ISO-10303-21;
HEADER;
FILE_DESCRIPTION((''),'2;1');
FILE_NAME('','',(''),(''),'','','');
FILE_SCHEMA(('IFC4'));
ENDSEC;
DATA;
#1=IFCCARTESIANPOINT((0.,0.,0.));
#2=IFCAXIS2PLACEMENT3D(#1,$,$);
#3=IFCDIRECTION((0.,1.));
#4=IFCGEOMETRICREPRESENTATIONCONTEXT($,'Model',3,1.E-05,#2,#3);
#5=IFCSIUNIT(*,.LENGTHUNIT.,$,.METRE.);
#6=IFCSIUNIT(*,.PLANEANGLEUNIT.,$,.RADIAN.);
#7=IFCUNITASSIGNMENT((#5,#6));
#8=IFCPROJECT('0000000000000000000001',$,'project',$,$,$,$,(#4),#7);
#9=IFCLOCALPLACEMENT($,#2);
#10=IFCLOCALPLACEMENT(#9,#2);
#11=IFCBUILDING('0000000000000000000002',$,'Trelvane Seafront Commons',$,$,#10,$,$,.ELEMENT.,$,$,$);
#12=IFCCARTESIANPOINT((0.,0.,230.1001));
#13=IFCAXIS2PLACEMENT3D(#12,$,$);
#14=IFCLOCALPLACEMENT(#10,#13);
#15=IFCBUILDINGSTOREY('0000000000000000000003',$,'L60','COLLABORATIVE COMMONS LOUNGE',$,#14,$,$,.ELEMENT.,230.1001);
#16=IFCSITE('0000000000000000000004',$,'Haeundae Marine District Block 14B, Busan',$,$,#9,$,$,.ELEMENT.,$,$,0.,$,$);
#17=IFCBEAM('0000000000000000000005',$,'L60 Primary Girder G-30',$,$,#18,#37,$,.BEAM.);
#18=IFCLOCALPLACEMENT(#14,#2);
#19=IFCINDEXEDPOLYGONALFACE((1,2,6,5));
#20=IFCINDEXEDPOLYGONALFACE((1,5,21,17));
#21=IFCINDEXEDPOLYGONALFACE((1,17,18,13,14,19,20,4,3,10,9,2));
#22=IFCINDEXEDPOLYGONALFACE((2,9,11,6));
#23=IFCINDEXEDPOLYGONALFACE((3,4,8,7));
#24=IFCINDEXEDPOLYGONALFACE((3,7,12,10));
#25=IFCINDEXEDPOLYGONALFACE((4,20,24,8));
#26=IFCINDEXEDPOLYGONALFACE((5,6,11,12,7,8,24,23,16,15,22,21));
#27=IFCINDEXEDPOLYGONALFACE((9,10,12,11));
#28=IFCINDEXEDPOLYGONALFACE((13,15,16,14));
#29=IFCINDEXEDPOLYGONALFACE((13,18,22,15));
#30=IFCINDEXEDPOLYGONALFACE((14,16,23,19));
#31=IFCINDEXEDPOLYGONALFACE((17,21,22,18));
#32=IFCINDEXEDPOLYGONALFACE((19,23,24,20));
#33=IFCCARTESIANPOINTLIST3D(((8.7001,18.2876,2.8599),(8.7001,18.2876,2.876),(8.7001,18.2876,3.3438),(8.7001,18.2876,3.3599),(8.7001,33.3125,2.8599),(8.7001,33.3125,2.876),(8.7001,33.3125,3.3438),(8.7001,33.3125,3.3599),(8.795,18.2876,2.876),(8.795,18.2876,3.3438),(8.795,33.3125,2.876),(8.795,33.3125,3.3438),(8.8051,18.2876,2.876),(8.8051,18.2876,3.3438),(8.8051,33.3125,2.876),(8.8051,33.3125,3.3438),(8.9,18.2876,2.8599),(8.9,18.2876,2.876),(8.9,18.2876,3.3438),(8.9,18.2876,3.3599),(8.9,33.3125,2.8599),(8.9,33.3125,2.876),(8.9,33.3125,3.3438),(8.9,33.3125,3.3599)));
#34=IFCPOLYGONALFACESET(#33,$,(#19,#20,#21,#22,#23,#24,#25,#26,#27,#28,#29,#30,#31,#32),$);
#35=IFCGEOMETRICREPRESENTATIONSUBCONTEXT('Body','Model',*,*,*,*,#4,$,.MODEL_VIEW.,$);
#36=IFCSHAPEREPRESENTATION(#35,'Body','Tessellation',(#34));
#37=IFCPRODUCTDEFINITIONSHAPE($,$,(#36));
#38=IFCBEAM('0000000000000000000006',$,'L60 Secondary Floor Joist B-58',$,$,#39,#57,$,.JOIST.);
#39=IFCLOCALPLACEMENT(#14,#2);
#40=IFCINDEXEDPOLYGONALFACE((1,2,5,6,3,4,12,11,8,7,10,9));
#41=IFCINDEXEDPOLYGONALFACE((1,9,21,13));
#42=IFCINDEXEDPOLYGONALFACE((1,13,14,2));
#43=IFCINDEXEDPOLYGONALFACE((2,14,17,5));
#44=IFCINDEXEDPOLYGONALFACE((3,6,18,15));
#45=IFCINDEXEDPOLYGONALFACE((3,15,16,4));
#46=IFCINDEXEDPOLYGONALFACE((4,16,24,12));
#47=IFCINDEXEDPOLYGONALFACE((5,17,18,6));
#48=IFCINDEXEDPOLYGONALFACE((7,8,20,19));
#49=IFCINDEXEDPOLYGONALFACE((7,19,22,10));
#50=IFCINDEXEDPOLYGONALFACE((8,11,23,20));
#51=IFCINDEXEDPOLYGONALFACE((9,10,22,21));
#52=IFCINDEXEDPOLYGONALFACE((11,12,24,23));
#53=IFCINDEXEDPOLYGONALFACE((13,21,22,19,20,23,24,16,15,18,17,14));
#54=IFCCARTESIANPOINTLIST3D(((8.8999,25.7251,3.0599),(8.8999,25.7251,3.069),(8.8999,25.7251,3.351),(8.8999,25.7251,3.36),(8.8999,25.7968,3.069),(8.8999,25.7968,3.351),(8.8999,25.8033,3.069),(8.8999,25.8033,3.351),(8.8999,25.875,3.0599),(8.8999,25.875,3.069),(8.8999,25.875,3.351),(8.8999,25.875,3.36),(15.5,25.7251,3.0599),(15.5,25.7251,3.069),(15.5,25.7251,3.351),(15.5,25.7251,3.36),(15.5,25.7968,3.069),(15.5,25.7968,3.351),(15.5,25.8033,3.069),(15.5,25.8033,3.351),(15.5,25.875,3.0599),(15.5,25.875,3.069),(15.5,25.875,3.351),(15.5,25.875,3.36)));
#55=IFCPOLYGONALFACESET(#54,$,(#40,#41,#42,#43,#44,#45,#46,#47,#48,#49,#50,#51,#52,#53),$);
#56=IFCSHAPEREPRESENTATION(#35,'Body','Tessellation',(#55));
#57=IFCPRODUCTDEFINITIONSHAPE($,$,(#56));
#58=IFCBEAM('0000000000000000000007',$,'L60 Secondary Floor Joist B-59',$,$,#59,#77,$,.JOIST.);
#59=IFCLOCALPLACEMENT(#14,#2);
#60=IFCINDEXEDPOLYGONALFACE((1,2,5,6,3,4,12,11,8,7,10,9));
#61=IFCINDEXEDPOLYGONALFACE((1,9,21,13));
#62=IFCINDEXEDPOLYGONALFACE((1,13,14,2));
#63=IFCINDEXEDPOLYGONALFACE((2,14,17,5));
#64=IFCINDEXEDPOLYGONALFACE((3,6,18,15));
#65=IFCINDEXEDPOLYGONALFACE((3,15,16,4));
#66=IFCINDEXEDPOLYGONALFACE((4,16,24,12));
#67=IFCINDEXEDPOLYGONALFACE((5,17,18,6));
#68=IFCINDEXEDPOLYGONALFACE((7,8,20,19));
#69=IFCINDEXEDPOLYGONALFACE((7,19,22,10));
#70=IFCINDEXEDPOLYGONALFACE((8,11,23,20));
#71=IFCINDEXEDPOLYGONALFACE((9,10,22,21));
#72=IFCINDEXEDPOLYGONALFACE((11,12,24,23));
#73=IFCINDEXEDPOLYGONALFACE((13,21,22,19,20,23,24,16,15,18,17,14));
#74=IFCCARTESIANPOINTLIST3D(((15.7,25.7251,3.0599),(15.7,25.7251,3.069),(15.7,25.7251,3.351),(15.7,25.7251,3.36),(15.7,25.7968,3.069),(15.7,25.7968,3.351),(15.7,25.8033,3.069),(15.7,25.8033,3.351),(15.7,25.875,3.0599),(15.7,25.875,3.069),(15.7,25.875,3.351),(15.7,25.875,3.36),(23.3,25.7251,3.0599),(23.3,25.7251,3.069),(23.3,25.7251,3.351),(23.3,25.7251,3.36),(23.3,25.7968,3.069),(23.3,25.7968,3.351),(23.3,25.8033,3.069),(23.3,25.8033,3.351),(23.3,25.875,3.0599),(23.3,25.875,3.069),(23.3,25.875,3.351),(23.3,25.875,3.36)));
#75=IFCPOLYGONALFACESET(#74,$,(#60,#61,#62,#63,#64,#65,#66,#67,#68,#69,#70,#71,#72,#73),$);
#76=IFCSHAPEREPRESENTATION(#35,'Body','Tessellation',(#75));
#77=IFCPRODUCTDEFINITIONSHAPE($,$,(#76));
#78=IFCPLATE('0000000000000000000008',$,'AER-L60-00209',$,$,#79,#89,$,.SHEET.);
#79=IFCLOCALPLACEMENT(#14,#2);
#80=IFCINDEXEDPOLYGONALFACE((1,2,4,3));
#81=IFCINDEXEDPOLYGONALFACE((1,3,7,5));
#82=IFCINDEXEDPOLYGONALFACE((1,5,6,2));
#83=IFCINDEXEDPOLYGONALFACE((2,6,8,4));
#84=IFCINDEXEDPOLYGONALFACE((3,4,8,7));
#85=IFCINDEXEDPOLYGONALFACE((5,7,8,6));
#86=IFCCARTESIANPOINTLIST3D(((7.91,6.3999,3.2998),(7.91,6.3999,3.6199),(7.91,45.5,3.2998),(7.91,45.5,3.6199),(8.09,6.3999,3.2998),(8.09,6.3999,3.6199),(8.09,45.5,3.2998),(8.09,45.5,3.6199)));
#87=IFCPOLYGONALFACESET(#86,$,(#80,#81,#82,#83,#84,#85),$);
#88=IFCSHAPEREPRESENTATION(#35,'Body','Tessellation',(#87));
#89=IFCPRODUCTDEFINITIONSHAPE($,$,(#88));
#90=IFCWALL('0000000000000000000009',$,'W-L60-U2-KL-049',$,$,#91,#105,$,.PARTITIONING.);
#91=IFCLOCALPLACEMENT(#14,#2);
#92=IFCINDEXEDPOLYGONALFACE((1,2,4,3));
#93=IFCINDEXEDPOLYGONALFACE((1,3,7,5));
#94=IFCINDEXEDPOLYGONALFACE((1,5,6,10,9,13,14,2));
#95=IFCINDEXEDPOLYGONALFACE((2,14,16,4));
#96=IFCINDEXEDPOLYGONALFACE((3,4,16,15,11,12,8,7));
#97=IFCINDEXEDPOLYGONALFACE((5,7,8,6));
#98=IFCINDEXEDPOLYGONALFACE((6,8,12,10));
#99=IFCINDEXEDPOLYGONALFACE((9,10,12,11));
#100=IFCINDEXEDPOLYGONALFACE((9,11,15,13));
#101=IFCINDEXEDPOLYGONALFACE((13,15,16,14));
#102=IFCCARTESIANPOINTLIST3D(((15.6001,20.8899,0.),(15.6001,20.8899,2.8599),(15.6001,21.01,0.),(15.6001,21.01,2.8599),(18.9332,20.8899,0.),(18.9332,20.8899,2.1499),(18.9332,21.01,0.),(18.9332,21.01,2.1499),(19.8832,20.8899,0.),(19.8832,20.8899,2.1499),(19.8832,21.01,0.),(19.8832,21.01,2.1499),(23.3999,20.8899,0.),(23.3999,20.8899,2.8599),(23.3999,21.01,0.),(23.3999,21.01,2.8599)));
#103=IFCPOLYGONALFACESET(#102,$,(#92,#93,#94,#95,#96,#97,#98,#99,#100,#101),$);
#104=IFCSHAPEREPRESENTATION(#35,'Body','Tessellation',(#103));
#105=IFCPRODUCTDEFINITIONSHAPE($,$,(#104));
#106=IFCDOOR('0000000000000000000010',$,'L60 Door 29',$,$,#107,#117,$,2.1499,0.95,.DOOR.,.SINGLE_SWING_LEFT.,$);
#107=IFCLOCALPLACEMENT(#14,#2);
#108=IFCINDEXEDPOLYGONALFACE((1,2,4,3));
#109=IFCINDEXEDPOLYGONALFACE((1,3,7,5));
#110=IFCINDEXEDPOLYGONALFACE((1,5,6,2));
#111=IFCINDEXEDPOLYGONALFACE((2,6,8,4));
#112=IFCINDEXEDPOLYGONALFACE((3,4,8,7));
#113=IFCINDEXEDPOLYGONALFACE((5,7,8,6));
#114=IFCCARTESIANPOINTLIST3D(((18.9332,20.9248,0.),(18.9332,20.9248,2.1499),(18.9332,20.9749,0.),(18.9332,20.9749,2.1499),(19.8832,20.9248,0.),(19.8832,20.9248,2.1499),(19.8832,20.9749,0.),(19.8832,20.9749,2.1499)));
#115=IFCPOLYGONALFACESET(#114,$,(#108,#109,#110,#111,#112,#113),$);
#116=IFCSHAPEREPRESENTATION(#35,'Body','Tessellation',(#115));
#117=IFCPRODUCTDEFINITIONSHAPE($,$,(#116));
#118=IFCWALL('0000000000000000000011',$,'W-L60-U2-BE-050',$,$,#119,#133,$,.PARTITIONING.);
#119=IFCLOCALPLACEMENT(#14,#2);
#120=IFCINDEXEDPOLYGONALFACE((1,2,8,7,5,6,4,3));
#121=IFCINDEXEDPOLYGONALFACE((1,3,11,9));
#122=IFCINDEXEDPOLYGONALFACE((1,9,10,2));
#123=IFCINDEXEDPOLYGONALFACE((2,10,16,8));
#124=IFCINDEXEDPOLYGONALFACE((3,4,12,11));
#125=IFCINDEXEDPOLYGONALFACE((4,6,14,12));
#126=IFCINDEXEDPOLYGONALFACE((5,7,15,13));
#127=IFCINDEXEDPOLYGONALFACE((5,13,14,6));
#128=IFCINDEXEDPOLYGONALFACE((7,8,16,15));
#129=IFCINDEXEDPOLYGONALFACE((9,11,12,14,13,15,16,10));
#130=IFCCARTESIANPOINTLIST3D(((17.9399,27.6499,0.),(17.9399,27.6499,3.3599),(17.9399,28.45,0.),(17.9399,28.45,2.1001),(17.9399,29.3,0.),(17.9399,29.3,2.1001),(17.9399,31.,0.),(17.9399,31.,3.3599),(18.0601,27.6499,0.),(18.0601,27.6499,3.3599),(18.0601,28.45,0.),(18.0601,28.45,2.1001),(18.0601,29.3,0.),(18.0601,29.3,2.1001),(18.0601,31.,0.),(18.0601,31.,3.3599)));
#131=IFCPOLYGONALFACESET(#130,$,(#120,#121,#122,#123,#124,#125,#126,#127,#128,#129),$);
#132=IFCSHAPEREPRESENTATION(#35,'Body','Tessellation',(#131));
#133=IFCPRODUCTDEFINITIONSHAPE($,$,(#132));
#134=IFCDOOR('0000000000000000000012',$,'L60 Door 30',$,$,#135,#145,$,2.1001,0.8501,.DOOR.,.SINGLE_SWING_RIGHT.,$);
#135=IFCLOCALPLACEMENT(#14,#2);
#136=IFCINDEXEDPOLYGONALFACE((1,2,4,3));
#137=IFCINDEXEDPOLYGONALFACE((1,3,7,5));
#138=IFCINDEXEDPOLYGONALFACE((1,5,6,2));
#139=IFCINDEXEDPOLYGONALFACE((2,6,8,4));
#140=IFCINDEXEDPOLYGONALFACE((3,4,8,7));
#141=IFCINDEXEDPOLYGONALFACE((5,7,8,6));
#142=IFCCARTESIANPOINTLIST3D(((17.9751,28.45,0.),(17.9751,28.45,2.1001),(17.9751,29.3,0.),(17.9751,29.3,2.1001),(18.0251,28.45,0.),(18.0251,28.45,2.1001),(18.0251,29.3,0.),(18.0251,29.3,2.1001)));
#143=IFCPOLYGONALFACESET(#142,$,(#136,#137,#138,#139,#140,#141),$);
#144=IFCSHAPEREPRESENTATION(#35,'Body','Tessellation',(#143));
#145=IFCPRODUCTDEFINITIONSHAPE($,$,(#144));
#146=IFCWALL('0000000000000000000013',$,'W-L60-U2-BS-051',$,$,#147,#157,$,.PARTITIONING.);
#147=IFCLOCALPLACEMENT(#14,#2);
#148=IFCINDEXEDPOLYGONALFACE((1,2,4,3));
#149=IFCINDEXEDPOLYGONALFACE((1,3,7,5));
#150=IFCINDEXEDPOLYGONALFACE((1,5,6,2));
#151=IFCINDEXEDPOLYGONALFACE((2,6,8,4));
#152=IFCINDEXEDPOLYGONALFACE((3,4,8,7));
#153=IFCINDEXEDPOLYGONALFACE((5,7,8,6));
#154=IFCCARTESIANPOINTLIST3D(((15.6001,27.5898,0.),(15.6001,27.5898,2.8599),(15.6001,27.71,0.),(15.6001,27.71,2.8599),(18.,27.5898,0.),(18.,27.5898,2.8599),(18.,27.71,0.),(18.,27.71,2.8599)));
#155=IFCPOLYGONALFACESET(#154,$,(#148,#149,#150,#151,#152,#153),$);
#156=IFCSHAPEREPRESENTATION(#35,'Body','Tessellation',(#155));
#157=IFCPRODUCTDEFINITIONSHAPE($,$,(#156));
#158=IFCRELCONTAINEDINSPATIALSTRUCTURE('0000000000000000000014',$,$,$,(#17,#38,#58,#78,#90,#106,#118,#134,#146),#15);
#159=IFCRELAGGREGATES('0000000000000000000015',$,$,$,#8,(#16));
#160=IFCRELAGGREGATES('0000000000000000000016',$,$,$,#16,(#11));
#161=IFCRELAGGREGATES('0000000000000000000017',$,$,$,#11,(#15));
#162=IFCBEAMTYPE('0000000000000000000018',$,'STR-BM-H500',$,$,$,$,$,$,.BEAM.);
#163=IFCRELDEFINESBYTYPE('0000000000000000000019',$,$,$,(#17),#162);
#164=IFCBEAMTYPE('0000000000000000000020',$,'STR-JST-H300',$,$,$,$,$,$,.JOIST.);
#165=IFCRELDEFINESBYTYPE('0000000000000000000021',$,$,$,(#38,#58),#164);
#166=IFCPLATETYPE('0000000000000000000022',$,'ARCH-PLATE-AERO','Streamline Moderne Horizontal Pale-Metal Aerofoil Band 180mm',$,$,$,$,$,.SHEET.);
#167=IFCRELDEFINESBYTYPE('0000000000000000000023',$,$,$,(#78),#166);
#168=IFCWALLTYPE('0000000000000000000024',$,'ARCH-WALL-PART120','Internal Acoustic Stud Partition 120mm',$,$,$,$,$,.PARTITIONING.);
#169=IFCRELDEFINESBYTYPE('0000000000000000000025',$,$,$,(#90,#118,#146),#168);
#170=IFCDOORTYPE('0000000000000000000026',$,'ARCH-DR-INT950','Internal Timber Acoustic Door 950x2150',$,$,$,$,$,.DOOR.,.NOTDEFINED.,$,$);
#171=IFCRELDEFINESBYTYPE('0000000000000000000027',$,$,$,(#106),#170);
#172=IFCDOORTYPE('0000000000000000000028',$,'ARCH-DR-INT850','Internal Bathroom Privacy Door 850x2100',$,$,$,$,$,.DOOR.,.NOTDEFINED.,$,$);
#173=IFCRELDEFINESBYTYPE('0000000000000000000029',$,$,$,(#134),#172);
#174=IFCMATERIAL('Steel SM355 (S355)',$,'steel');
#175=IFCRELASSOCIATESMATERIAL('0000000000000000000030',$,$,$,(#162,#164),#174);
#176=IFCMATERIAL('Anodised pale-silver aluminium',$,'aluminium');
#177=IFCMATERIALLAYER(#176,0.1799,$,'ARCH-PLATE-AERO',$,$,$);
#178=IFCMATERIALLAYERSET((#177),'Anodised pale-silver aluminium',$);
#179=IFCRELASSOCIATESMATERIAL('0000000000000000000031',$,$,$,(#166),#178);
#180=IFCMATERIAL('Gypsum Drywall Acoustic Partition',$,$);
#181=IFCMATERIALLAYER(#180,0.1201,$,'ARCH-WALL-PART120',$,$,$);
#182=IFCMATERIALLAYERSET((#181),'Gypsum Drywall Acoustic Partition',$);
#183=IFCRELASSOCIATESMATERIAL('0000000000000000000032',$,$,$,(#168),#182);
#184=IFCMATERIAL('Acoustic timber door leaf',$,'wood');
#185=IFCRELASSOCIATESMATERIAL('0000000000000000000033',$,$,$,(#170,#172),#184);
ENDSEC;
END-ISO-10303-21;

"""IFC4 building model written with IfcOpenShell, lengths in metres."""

from ifc_helpers import new_model, si_unit, direction, frame, frame_2d, origin, origin_2d, place, context, subcontext, project, spatial, rectangle, i_section, extrude, source, transform, mapped, material, layer, layer_set, material_profile, profile_set, type_object, element, fill, save


model = new_model("IFC4")

# Units and contexts
model_context = context("Model", 3, precision=1e-05, world=origin(), true_north=direction((0.0, 1.0)))
body_context = subcontext(model_context, "Body", "Model", "MODEL_VIEW")
ifc_project = project(units=[si_unit("LENGTHUNIT", "METRE"), si_unit("PLANEANGLEUNIT", "RADIAN")], contexts=[model_context])

# Site, building, storey
site_placement = place(None, origin())
site = spatial("IfcSite", under=ifc_project, at=site_placement, Name="Haeundae Marine District Block 14B, Busan", CompositionType="ELEMENT", RefElevation=0.0)
building_placement = place(site_placement, origin())
building = spatial("IfcBuilding", under=site, at=building_placement, Name="Trelvane Seafront Commons", CompositionType="ELEMENT")
storey_placement = place(building_placement, frame((0.0, 0.0, 230.1001)))
storey = spatial("IfcBuildingStorey", under=building, at=storey_placement, Name="L60", Description="COLLABORATIVE COMMONS LOUNGE", CompositionType="ELEMENT", Elevation=230.1001)

# Shared definitions
ifc_material_1 = material(Name="Steel SM355 (S355)", Category="steel")

# Beams
ifc_material_profile_1 = material_profile(ifc_material_1, i_section(OverallWidth=0.2, OverallDepth=0.5, WebThickness=0.01, FlangeThickness=0.0161, at=origin_2d()), Name="H-500x200x10x16")
ifc_profile_set_1 = profile_set([ifc_material_profile_1], Name="Steel SM355 (S355)")
beam_type_1 = type_object("IfcBeamType", Name="STR-BM-H500", PredefinedType="BEAM", material=ifc_profile_set_1)
shared_shape_1 = source(origin(), body_context, "Body", "SweptSolid", [
    extrude(i_section(OverallWidth=0.2, OverallDepth=0.5, WebThickness=0.01, FlangeThickness=0.0161, at=origin_2d()), origin(), (0.0, 0.0, 1.0), 15.0249),
])
beam_1_placement = place(storey_placement, frame((8.8, 18.2876, 3.1099), z_axis=(0.0, 1.0, 0.0), x_axis=(-1.0, 0.0, 0.0)))
element("IfcBeam", 1, at=beam_1_placement, inside=storey, type_object=beam_type_1, Name="L60 Primary Girder G-30", PredefinedType="BEAM", context=body_context, shape_type="MappedRepresentation", body=[
    mapped(shared_shape_1, transform((0.0, 0.0, 0.0), x_axis=(1.0, 0.0, 0.0), y_axis=(0.0, 1.0, 0.0), z_axis=(0.0, 0.0, 1.0), scale=1.0)),
])
ifc_material_profile_2 = material_profile(ifc_material_1, i_section(OverallWidth=0.1499, OverallDepth=0.3, WebThickness=0.0066, FlangeThickness=0.009, at=origin_2d()), Name="H-300x150x6.5x9")
ifc_profile_set_2 = profile_set([ifc_material_profile_2], Name="Steel SM355 (S355)")
beam_type_2 = type_object("IfcBeamType", Name="STR-JST-H300", PredefinedType="JOIST", material=ifc_profile_set_2)
shared_shape_2 = source(origin(), body_context, "Body", "SweptSolid", [
    extrude(i_section(OverallWidth=0.1499, OverallDepth=0.3, WebThickness=0.0066, FlangeThickness=0.009, at=origin_2d()), origin(), (0.0, 0.0, 1.0), 6.6001),
])
beam_2_placement = place(storey_placement, frame((8.8999, 25.8, 3.21), z_axis=(1.0, 0.0, 0.0), x_axis=(0.0, 1.0, 0.0)))
element("IfcBeam", 2, at=beam_2_placement, inside=storey, type_object=beam_type_2, Name="L60 Secondary Floor Joist B-58", PredefinedType="JOIST", context=body_context, shape_type="MappedRepresentation", body=[
    mapped(shared_shape_2, transform((0.0, 0.0, 0.0), x_axis=(1.0, 0.0, 0.0), y_axis=(0.0, 1.0, 0.0), z_axis=(0.0, 0.0, 1.0), scale=1.0)),
])
shared_shape_3 = source(origin(), body_context, "Body", "SweptSolid", [
    extrude(i_section(OverallWidth=0.1499, OverallDepth=0.3, WebThickness=0.0066, FlangeThickness=0.009, at=origin_2d()), origin(), (0.0, 0.0, 1.0), 7.6001),
])
beam_3_placement = place(storey_placement, frame((15.7, 25.8, 3.21), z_axis=(1.0, 0.0, 0.0), x_axis=(0.0, 1.0, 0.0)))
element("IfcBeam", 3, at=beam_3_placement, inside=storey, type_object=beam_type_2, Name="L60 Secondary Floor Joist B-59", PredefinedType="JOIST", context=body_context, shape_type="MappedRepresentation", body=[
    mapped(shared_shape_3, transform((0.0, 0.0, 0.0), x_axis=(1.0, 0.0, 0.0), y_axis=(0.0, 1.0, 0.0), z_axis=(0.0, 0.0, 1.0), scale=1.0)),
])

# Plate
ifc_material_2 = material(Name="Anodised pale-silver aluminium", Category="aluminium")
ifc_layer_1 = layer(ifc_material_2, 0.1799, Name="ARCH-PLATE-AERO")
ifc_layer_set_1 = layer_set([ifc_layer_1], Name="Anodised pale-silver aluminium")
plate_type = type_object("IfcPlateType", Name="ARCH-PLATE-AERO", Description="Streamline Moderne Horizontal Pale-Metal Aerofoil Band 180mm", PredefinedType="SHEET", material=ifc_layer_set_1)
shared_shape_4 = source(origin(), body_context, "Body", "SweptSolid", [
    extrude(rectangle(XDim=39.1001, YDim=0.1799, at=origin_2d()), origin(), (0.0, 0.0, 1.0), 0.3201),
])
plate_placement = place(storey_placement, frame((8.0, 25.95, 3.2998), z_axis=(0.0, 0.0, 1.0), x_axis=(0.0, 1.0, 0.0)))
element("IfcPlate", 4, at=plate_placement, inside=storey, type_object=plate_type, Name="AER-L60-00209", PredefinedType="SHEET", context=body_context, shape_type="MappedRepresentation", body=[
    mapped(shared_shape_4, transform((0.0, 0.0, 0.0), x_axis=(1.0, 0.0, 0.0), y_axis=(0.0, 1.0, 0.0), z_axis=(0.0, 0.0, 1.0), scale=1.0)),
])

# Walls, openings, doors
ifc_material_3 = material(Name="Gypsum Drywall Acoustic Partition")
ifc_layer_2 = layer(ifc_material_3, 0.1201, Name="ARCH-WALL-PART120")
ifc_layer_set_2 = layer_set([ifc_layer_2], Name="Gypsum Drywall Acoustic Partition")
wall_type_1 = type_object("IfcWallType", Name="ARCH-WALL-PART120", Description="Internal Acoustic Stud Partition 120mm", PredefinedType="PARTITIONING", material=ifc_layer_set_2)
wall_1_placement = place(storey_placement, frame((15.6001, 20.95, 0.0), z_axis=(0.0, 0.0, 1.0), x_axis=(1.0, 0.0, 0.0)))
wall_1 = element("IfcWall", 5, at=wall_1_placement, inside=storey, type_object=wall_type_1, Name="W-L60-U2-KL-049", PredefinedType="PARTITIONING", context=body_context, shape_type="SweptSolid", body=[
    extrude(rectangle(XDim=7.7998, YDim=0.1201, at=frame_2d((3.8999, 0.0))), origin(), (0.0, 0.0, 1.0), 2.8599),
])
opening_1_placement = place(wall_1_placement, frame((3.333, 0.0, 0.0)))
opening_1 = element("IfcOpeningElement", 6, at=opening_1_placement, cuts=wall_1, PredefinedType="OPENING", context=body_context, shape_type="SweptSolid", body=[
    extrude(rectangle(XDim=0.95, YDim=2.1499, at=frame_2d((0.4751, 1.075))), frame((0.0, 0.0701, 0.0), z_axis=(0.0, -1.0, 0.0), x_axis=(1.0, 0.0, 0.0)), (0.0, 0.0, 1.0), 0.1401),
])
ifc_material_4 = material(Name="Acoustic timber door leaf", Category="wood")
door_type_1 = type_object("IfcDoorType", Name="ARCH-DR-INT950", Description="Internal Timber Acoustic Door 950x2150", OperationType="NOTDEFINED", PredefinedType="DOOR", material=ifc_material_4)
shared_shape_5 = source(origin(), body_context, "Body", "SweptSolid", [
    extrude(rectangle(XDim=0.95, YDim=2.1499, at=frame_2d((0.4751, 1.075))), frame((0.0, 0.0249, 0.0), z_axis=(0.0, -1.0, 0.0), x_axis=(1.0, 0.0, 0.0)), (0.0, 0.0, 1.0), 0.05),
])
door_1_placement = place(opening_1_placement, origin())
door_1 = element("IfcDoor", 7, at=door_1_placement, inside=storey, type_object=door_type_1, Name="L60 Door 29", OperationType="SINGLE_SWING_LEFT", OverallHeight=2.1499, OverallWidth=0.95, PredefinedType="DOOR", context=body_context, shape_type="MappedRepresentation", body=[
    mapped(shared_shape_5, transform((0.0, 0.0, 0.0), x_axis=(1.0, 0.0, 0.0), y_axis=(0.0, 1.0, 0.0), z_axis=(0.0, 0.0, 1.0), scale=1.0)),
])
fill(opening_1, door_1)
wall_2_placement = place(storey_placement, frame((18.0, 27.6499, 0.0), z_axis=(0.0, 0.0, 1.0), x_axis=(0.0, 1.0, 0.0)))
wall_2 = element("IfcWall", 8, at=wall_2_placement, inside=storey, type_object=wall_type_1, Name="W-L60-U2-BE-050", PredefinedType="PARTITIONING", context=body_context, shape_type="SweptSolid", body=[
    extrude(rectangle(XDim=3.3501, YDim=0.1201, at=frame_2d((1.675, 0.0))), origin(), (0.0, 0.0, 1.0), 3.3599),
])
opening_2_placement = place(wall_2_placement, frame((0.8, 0.0, 0.0)))
opening_2 = element("IfcOpeningElement", 9, at=opening_2_placement, cuts=wall_2, PredefinedType="OPENING", context=body_context, shape_type="SweptSolid", body=[
    extrude(rectangle(XDim=0.8501, YDim=2.1001, at=frame_2d((0.425, 1.05))), frame((0.0, 0.0701, 0.0), z_axis=(0.0, -1.0, 0.0), x_axis=(1.0, 0.0, 0.0)), (0.0, 0.0, 1.0), 0.1401),
])
door_type_2 = type_object("IfcDoorType", Name="ARCH-DR-INT850", Description="Internal Bathroom Privacy Door 850x2100", OperationType="NOTDEFINED", PredefinedType="DOOR", material=ifc_material_4)
shared_shape_6 = source(origin(), body_context, "Body", "SweptSolid", [
    extrude(rectangle(XDim=0.8501, YDim=2.1001, at=frame_2d((0.425, 1.05))), frame((0.0, 0.0249, 0.0), z_axis=(0.0, -1.0, 0.0), x_axis=(1.0, 0.0, 0.0)), (0.0, 0.0, 1.0), 0.05),
])
door_2_placement = place(opening_2_placement, origin())
door_2 = element("IfcDoor", 10, at=door_2_placement, inside=storey, type_object=door_type_2, Name="L60 Door 30", OperationType="SINGLE_SWING_RIGHT", OverallHeight=2.1001, OverallWidth=0.8501, PredefinedType="DOOR", context=body_context, shape_type="MappedRepresentation", body=[
    mapped(shared_shape_6, transform((0.0, 0.0, 0.0), x_axis=(1.0, 0.0, 0.0), y_axis=(0.0, 1.0, 0.0), z_axis=(0.0, 0.0, 1.0), scale=1.0)),
])
fill(opening_2, door_2)

# Wall
wall_3_placement = place(storey_placement, frame((15.6001, 27.6499, 0.0), z_axis=(0.0, 0.0, 1.0), x_axis=(1.0, 0.0, 0.0)))
element("IfcWall", 11, at=wall_3_placement, inside=storey, type_object=wall_type_1, Name="W-L60-U2-BS-051", PredefinedType="PARTITIONING", context=body_context, shape_type="SweptSolid", body=[
    extrude(rectangle(XDim=2.3999, YDim=0.1201, at=frame_2d((1.2, 0.0))), origin(), (0.0, 0.0, 1.0), 2.8599),
])

save(model, "model.ifc")
